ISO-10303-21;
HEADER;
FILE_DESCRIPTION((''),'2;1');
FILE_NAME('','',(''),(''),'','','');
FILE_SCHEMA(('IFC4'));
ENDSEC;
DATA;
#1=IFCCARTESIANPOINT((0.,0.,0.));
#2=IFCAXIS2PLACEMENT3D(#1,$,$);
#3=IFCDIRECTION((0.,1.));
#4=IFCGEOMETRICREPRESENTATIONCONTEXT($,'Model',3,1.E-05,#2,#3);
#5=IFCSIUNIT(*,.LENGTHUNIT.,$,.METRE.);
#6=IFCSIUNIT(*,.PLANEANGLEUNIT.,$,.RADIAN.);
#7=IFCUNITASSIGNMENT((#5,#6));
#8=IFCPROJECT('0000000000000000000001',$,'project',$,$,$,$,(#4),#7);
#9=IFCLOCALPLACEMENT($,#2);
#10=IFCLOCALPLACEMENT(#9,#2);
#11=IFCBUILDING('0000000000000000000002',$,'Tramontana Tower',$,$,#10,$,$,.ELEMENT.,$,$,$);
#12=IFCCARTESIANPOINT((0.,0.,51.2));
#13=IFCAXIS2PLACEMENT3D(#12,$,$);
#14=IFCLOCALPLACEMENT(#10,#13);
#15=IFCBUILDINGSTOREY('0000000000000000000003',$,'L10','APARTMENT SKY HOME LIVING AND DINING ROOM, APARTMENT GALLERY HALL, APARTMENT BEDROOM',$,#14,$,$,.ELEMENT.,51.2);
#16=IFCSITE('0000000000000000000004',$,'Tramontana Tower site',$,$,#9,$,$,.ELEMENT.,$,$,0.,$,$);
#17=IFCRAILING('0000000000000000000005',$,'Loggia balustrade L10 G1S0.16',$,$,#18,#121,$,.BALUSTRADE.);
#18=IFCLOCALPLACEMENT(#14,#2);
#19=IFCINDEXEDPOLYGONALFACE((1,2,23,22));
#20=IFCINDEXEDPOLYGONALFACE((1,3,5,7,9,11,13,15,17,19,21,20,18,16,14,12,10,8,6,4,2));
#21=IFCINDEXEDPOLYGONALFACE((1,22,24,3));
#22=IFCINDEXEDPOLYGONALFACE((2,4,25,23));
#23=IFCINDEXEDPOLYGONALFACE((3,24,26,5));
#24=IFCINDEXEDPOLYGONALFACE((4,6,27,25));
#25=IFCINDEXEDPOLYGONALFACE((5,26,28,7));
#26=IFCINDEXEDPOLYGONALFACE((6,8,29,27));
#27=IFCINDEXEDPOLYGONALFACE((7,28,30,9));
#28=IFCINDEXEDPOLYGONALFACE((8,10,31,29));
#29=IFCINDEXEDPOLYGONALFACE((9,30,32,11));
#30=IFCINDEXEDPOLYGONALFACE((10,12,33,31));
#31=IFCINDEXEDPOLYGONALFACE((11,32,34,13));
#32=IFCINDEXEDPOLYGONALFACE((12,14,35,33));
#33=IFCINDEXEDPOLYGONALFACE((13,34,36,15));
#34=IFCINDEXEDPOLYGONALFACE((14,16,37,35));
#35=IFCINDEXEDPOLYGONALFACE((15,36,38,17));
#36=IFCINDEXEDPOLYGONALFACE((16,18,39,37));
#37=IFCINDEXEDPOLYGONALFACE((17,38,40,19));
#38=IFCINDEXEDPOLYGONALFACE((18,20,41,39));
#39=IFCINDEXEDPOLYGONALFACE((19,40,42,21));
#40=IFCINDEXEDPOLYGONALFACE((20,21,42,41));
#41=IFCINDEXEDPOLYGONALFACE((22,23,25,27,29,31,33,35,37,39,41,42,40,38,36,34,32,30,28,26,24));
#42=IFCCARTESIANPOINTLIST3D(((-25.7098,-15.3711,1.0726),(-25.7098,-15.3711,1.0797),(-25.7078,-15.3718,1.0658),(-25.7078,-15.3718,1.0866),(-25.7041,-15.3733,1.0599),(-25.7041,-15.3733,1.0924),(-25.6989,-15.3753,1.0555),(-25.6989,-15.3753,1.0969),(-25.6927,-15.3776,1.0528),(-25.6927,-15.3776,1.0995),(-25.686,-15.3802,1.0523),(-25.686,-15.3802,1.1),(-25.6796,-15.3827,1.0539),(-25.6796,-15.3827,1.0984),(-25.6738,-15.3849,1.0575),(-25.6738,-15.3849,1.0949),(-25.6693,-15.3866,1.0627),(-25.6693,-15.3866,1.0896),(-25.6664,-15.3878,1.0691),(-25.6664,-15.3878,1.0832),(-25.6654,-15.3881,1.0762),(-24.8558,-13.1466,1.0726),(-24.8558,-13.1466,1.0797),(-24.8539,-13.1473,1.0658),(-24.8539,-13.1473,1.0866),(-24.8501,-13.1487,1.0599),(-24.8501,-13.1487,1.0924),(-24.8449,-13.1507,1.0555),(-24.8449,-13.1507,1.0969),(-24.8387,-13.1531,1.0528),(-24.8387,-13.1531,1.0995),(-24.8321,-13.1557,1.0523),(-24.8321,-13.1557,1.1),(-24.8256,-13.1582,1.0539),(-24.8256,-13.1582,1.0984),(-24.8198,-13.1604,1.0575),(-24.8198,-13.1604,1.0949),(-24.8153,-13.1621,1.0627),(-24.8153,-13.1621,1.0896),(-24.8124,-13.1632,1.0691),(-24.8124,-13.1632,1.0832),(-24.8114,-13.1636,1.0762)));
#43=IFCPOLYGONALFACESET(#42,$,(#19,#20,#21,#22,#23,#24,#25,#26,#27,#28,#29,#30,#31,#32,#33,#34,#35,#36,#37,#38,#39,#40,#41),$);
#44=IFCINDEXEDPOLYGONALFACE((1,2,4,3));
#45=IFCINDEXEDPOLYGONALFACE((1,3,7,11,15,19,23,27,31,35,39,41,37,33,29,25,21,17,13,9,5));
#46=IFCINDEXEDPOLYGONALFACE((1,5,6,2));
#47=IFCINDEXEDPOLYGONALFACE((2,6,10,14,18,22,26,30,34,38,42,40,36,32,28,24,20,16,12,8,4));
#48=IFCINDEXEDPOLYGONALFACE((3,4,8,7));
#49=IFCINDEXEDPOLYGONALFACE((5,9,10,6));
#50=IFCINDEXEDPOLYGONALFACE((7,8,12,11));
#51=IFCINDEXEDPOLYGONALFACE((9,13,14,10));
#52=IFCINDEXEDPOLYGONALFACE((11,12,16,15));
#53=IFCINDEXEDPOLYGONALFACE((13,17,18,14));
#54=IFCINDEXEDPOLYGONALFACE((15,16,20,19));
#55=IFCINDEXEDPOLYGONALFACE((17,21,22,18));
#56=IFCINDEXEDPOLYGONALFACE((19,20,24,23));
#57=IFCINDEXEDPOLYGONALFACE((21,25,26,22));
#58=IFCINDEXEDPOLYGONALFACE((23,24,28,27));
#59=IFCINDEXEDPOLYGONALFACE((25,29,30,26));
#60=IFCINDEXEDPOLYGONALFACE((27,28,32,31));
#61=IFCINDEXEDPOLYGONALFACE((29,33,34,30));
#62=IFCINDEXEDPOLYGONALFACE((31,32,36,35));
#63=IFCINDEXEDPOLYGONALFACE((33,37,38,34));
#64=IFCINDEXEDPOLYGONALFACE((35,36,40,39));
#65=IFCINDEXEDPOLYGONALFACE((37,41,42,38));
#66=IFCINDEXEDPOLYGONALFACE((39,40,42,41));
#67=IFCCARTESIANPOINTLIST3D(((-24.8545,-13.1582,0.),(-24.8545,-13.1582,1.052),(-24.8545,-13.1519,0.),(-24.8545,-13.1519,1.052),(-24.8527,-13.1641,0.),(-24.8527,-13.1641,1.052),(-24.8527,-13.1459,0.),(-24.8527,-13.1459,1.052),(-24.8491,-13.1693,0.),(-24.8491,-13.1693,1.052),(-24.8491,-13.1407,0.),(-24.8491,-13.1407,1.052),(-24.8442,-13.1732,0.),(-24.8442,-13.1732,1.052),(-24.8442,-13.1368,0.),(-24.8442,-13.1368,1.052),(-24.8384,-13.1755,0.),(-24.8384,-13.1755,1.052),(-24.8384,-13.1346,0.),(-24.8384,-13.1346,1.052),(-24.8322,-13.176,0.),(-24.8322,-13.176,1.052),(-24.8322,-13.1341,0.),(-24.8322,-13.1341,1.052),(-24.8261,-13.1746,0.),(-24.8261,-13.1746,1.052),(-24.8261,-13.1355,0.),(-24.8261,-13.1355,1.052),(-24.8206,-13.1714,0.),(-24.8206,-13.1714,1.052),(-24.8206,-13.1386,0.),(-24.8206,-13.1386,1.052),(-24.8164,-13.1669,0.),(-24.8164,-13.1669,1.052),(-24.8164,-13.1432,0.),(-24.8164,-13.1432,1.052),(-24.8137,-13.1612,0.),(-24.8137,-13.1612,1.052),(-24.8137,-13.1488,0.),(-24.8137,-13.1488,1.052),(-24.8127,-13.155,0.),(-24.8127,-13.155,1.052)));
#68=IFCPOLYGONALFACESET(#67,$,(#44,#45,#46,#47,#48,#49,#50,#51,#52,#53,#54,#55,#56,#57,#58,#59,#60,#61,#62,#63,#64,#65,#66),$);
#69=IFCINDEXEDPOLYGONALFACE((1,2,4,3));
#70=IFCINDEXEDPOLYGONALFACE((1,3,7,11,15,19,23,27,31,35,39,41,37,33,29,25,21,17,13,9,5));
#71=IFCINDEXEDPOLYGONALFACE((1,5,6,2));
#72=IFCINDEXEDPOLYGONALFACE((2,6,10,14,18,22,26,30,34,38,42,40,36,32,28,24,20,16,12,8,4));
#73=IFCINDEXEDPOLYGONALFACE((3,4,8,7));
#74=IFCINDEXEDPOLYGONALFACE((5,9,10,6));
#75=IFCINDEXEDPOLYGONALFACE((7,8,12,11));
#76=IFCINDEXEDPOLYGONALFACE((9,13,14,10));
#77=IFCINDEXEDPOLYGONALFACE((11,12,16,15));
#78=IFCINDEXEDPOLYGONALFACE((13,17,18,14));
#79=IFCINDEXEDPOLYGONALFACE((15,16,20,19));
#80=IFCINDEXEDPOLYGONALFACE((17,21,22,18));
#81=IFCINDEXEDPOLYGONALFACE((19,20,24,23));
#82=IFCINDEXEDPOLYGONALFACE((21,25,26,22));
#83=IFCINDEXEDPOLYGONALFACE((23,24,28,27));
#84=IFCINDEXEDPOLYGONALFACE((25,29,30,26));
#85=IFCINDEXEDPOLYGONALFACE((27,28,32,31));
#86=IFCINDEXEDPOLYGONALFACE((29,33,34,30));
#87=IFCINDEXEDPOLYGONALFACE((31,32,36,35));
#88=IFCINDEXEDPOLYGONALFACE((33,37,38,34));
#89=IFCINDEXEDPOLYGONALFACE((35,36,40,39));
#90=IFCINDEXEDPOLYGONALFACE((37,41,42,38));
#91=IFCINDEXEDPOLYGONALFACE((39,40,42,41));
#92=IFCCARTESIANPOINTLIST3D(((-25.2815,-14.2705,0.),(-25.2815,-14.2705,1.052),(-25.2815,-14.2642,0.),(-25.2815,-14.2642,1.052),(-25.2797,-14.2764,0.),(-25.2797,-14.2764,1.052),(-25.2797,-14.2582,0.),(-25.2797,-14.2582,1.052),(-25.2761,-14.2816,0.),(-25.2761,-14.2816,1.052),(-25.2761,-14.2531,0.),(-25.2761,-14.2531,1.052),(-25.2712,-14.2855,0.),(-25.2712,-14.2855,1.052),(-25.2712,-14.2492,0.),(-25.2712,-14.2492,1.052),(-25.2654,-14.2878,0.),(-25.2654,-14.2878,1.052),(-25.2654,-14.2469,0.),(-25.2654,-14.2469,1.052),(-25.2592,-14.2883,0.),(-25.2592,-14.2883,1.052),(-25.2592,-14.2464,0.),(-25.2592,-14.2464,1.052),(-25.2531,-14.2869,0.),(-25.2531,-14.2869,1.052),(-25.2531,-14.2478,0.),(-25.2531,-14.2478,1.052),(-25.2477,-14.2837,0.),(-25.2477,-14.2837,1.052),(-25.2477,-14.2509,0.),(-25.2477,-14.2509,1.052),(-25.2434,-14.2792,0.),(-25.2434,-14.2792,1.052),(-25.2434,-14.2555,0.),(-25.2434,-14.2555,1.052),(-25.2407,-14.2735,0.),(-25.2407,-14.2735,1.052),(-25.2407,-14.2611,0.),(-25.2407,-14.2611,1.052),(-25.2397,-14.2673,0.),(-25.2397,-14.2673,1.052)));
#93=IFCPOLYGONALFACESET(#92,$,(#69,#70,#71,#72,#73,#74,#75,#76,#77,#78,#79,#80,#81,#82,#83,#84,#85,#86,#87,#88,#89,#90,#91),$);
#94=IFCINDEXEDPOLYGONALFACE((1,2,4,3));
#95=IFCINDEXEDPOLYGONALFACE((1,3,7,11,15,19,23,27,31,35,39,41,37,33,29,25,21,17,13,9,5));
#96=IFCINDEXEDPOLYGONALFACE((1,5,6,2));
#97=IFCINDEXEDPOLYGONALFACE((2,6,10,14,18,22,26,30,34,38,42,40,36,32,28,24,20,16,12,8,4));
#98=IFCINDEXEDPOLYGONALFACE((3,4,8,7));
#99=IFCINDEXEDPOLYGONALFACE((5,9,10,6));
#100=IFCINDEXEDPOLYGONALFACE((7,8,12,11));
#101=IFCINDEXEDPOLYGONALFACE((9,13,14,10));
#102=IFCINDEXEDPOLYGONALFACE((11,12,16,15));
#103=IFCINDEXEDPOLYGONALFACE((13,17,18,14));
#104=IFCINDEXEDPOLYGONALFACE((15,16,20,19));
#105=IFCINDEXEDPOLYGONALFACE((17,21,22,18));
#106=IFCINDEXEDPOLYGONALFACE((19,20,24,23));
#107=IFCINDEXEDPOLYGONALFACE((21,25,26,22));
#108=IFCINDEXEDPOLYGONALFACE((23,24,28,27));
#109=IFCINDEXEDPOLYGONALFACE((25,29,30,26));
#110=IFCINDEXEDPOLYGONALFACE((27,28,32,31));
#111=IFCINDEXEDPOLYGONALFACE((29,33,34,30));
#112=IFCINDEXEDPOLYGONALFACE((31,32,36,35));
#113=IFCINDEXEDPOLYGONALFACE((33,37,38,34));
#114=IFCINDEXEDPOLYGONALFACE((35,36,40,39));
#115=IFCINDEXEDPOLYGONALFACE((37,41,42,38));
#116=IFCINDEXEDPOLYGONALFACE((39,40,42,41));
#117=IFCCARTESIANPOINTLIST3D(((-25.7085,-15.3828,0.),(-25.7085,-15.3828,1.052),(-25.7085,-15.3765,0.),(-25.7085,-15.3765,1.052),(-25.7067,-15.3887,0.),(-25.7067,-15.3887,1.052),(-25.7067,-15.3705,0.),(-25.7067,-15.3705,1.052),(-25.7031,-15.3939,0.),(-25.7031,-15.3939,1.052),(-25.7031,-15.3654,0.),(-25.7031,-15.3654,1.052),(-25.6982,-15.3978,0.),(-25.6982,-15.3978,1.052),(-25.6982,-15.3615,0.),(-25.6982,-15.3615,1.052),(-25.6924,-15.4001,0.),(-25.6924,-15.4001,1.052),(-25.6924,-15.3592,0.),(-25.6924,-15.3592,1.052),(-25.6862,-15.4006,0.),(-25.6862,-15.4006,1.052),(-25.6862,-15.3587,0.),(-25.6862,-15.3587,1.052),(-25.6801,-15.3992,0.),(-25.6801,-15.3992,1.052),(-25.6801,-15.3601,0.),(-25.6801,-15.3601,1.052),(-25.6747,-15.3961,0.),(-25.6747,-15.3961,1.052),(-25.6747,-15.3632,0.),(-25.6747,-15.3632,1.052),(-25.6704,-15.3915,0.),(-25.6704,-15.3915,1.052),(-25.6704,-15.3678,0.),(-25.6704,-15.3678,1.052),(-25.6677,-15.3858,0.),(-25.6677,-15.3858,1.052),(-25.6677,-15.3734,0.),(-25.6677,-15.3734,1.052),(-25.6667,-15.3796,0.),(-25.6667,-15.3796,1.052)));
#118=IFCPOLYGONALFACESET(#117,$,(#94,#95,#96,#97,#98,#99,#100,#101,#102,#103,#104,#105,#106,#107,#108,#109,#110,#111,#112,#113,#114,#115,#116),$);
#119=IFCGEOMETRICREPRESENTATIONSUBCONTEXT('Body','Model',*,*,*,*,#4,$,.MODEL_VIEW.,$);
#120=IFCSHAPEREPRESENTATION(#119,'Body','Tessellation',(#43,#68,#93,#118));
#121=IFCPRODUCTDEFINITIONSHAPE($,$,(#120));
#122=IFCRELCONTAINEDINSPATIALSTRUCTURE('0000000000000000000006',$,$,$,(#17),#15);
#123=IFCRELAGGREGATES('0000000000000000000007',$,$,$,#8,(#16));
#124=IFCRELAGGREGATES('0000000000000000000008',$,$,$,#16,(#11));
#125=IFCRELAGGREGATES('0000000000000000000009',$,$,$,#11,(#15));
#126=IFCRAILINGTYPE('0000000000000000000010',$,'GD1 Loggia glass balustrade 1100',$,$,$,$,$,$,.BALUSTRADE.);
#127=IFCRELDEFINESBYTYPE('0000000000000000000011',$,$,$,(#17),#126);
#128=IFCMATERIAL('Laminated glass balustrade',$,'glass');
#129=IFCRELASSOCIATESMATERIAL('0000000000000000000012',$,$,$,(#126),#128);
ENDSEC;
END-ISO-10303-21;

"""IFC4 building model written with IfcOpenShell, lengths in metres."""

from ifc_helpers import new_model, si_unit, direction, frame, origin, origin_2d, place, context, subcontext, project, spatial, circle, extrude, material, type_object, element, save


model = new_model("IFC4")

# Units and contexts
model_context = context("Model", 3, precision=1e-05, world=origin(), true_north=direction((0.0, 1.0)))
body_context = subcontext(model_context, "Body", "Model", "MODEL_VIEW")
ifc_project = project(units=[si_unit("LENGTHUNIT", "METRE"), si_unit("PLANEANGLEUNIT", "RADIAN")], contexts=[model_context])

# Site, building, storey
site_placement = place(None, origin())
site = spatial("IfcSite", under=ifc_project, at=site_placement, Name="Tramontana Tower site", CompositionType="ELEMENT", RefElevation=0.0)
building_placement = place(site_placement, origin())
building = spatial("IfcBuilding", under=site, at=building_placement, Name="Tramontana Tower", CompositionType="ELEMENT")
storey_placement = place(building_placement, frame((0.0, 0.0, 51.2)))
storey = spatial("IfcBuildingStorey", under=building, at=storey_placement, Name="L10", Description="APARTMENT SKY HOME LIVING AND DINING ROOM, APARTMENT GALLERY HALL, APARTMENT BEDROOM", CompositionType="ELEMENT", Elevation=51.2)

# Railing
ifc_material_1 = material(Name="Laminated glass balustrade", Category="glass")
railing_type = type_object("IfcRailingType", Name="GD1 Loggia glass balustrade 1100", PredefinedType="BALUSTRADE", material=ifc_material_1)
railing_1_placement = place(storey_placement, frame((-24.8337, -13.155, 0.0)))
element("IfcRailing", 1, at=railing_1_placement, inside=storey, type_object=railing_type, Name="Loggia balustrade L10 G1S0.16", PredefinedType="BALUSTRADE", context=body_context, shape_type="SweptSolid", body=[
    extrude(circle(Radius=0.0239, at=origin_2d()), frame((0.0, 0.0, 1.0762), z_axis=(-0.358389, -0.933573, 0.0), x_axis=(0.933573, -0.358389, 0.0)), (0.0, 0.0, 1.0), 2.3828),
    extrude(circle(Radius=0.021, at=origin_2d()), origin(), (0.0, 0.0, 1.0), 1.052),
    extrude(circle(Radius=0.021, at=origin_2d()), frame((-0.427, -1.1123, 0.0)), (0.0, 0.0, 1.0), 1.052),
    extrude(circle(Radius=0.021, at=origin_2d()), frame((-0.854, -2.2246, 0.0)), (0.0, 0.0, 1.0), 1.052),
])

save(model, "model.ifc")
